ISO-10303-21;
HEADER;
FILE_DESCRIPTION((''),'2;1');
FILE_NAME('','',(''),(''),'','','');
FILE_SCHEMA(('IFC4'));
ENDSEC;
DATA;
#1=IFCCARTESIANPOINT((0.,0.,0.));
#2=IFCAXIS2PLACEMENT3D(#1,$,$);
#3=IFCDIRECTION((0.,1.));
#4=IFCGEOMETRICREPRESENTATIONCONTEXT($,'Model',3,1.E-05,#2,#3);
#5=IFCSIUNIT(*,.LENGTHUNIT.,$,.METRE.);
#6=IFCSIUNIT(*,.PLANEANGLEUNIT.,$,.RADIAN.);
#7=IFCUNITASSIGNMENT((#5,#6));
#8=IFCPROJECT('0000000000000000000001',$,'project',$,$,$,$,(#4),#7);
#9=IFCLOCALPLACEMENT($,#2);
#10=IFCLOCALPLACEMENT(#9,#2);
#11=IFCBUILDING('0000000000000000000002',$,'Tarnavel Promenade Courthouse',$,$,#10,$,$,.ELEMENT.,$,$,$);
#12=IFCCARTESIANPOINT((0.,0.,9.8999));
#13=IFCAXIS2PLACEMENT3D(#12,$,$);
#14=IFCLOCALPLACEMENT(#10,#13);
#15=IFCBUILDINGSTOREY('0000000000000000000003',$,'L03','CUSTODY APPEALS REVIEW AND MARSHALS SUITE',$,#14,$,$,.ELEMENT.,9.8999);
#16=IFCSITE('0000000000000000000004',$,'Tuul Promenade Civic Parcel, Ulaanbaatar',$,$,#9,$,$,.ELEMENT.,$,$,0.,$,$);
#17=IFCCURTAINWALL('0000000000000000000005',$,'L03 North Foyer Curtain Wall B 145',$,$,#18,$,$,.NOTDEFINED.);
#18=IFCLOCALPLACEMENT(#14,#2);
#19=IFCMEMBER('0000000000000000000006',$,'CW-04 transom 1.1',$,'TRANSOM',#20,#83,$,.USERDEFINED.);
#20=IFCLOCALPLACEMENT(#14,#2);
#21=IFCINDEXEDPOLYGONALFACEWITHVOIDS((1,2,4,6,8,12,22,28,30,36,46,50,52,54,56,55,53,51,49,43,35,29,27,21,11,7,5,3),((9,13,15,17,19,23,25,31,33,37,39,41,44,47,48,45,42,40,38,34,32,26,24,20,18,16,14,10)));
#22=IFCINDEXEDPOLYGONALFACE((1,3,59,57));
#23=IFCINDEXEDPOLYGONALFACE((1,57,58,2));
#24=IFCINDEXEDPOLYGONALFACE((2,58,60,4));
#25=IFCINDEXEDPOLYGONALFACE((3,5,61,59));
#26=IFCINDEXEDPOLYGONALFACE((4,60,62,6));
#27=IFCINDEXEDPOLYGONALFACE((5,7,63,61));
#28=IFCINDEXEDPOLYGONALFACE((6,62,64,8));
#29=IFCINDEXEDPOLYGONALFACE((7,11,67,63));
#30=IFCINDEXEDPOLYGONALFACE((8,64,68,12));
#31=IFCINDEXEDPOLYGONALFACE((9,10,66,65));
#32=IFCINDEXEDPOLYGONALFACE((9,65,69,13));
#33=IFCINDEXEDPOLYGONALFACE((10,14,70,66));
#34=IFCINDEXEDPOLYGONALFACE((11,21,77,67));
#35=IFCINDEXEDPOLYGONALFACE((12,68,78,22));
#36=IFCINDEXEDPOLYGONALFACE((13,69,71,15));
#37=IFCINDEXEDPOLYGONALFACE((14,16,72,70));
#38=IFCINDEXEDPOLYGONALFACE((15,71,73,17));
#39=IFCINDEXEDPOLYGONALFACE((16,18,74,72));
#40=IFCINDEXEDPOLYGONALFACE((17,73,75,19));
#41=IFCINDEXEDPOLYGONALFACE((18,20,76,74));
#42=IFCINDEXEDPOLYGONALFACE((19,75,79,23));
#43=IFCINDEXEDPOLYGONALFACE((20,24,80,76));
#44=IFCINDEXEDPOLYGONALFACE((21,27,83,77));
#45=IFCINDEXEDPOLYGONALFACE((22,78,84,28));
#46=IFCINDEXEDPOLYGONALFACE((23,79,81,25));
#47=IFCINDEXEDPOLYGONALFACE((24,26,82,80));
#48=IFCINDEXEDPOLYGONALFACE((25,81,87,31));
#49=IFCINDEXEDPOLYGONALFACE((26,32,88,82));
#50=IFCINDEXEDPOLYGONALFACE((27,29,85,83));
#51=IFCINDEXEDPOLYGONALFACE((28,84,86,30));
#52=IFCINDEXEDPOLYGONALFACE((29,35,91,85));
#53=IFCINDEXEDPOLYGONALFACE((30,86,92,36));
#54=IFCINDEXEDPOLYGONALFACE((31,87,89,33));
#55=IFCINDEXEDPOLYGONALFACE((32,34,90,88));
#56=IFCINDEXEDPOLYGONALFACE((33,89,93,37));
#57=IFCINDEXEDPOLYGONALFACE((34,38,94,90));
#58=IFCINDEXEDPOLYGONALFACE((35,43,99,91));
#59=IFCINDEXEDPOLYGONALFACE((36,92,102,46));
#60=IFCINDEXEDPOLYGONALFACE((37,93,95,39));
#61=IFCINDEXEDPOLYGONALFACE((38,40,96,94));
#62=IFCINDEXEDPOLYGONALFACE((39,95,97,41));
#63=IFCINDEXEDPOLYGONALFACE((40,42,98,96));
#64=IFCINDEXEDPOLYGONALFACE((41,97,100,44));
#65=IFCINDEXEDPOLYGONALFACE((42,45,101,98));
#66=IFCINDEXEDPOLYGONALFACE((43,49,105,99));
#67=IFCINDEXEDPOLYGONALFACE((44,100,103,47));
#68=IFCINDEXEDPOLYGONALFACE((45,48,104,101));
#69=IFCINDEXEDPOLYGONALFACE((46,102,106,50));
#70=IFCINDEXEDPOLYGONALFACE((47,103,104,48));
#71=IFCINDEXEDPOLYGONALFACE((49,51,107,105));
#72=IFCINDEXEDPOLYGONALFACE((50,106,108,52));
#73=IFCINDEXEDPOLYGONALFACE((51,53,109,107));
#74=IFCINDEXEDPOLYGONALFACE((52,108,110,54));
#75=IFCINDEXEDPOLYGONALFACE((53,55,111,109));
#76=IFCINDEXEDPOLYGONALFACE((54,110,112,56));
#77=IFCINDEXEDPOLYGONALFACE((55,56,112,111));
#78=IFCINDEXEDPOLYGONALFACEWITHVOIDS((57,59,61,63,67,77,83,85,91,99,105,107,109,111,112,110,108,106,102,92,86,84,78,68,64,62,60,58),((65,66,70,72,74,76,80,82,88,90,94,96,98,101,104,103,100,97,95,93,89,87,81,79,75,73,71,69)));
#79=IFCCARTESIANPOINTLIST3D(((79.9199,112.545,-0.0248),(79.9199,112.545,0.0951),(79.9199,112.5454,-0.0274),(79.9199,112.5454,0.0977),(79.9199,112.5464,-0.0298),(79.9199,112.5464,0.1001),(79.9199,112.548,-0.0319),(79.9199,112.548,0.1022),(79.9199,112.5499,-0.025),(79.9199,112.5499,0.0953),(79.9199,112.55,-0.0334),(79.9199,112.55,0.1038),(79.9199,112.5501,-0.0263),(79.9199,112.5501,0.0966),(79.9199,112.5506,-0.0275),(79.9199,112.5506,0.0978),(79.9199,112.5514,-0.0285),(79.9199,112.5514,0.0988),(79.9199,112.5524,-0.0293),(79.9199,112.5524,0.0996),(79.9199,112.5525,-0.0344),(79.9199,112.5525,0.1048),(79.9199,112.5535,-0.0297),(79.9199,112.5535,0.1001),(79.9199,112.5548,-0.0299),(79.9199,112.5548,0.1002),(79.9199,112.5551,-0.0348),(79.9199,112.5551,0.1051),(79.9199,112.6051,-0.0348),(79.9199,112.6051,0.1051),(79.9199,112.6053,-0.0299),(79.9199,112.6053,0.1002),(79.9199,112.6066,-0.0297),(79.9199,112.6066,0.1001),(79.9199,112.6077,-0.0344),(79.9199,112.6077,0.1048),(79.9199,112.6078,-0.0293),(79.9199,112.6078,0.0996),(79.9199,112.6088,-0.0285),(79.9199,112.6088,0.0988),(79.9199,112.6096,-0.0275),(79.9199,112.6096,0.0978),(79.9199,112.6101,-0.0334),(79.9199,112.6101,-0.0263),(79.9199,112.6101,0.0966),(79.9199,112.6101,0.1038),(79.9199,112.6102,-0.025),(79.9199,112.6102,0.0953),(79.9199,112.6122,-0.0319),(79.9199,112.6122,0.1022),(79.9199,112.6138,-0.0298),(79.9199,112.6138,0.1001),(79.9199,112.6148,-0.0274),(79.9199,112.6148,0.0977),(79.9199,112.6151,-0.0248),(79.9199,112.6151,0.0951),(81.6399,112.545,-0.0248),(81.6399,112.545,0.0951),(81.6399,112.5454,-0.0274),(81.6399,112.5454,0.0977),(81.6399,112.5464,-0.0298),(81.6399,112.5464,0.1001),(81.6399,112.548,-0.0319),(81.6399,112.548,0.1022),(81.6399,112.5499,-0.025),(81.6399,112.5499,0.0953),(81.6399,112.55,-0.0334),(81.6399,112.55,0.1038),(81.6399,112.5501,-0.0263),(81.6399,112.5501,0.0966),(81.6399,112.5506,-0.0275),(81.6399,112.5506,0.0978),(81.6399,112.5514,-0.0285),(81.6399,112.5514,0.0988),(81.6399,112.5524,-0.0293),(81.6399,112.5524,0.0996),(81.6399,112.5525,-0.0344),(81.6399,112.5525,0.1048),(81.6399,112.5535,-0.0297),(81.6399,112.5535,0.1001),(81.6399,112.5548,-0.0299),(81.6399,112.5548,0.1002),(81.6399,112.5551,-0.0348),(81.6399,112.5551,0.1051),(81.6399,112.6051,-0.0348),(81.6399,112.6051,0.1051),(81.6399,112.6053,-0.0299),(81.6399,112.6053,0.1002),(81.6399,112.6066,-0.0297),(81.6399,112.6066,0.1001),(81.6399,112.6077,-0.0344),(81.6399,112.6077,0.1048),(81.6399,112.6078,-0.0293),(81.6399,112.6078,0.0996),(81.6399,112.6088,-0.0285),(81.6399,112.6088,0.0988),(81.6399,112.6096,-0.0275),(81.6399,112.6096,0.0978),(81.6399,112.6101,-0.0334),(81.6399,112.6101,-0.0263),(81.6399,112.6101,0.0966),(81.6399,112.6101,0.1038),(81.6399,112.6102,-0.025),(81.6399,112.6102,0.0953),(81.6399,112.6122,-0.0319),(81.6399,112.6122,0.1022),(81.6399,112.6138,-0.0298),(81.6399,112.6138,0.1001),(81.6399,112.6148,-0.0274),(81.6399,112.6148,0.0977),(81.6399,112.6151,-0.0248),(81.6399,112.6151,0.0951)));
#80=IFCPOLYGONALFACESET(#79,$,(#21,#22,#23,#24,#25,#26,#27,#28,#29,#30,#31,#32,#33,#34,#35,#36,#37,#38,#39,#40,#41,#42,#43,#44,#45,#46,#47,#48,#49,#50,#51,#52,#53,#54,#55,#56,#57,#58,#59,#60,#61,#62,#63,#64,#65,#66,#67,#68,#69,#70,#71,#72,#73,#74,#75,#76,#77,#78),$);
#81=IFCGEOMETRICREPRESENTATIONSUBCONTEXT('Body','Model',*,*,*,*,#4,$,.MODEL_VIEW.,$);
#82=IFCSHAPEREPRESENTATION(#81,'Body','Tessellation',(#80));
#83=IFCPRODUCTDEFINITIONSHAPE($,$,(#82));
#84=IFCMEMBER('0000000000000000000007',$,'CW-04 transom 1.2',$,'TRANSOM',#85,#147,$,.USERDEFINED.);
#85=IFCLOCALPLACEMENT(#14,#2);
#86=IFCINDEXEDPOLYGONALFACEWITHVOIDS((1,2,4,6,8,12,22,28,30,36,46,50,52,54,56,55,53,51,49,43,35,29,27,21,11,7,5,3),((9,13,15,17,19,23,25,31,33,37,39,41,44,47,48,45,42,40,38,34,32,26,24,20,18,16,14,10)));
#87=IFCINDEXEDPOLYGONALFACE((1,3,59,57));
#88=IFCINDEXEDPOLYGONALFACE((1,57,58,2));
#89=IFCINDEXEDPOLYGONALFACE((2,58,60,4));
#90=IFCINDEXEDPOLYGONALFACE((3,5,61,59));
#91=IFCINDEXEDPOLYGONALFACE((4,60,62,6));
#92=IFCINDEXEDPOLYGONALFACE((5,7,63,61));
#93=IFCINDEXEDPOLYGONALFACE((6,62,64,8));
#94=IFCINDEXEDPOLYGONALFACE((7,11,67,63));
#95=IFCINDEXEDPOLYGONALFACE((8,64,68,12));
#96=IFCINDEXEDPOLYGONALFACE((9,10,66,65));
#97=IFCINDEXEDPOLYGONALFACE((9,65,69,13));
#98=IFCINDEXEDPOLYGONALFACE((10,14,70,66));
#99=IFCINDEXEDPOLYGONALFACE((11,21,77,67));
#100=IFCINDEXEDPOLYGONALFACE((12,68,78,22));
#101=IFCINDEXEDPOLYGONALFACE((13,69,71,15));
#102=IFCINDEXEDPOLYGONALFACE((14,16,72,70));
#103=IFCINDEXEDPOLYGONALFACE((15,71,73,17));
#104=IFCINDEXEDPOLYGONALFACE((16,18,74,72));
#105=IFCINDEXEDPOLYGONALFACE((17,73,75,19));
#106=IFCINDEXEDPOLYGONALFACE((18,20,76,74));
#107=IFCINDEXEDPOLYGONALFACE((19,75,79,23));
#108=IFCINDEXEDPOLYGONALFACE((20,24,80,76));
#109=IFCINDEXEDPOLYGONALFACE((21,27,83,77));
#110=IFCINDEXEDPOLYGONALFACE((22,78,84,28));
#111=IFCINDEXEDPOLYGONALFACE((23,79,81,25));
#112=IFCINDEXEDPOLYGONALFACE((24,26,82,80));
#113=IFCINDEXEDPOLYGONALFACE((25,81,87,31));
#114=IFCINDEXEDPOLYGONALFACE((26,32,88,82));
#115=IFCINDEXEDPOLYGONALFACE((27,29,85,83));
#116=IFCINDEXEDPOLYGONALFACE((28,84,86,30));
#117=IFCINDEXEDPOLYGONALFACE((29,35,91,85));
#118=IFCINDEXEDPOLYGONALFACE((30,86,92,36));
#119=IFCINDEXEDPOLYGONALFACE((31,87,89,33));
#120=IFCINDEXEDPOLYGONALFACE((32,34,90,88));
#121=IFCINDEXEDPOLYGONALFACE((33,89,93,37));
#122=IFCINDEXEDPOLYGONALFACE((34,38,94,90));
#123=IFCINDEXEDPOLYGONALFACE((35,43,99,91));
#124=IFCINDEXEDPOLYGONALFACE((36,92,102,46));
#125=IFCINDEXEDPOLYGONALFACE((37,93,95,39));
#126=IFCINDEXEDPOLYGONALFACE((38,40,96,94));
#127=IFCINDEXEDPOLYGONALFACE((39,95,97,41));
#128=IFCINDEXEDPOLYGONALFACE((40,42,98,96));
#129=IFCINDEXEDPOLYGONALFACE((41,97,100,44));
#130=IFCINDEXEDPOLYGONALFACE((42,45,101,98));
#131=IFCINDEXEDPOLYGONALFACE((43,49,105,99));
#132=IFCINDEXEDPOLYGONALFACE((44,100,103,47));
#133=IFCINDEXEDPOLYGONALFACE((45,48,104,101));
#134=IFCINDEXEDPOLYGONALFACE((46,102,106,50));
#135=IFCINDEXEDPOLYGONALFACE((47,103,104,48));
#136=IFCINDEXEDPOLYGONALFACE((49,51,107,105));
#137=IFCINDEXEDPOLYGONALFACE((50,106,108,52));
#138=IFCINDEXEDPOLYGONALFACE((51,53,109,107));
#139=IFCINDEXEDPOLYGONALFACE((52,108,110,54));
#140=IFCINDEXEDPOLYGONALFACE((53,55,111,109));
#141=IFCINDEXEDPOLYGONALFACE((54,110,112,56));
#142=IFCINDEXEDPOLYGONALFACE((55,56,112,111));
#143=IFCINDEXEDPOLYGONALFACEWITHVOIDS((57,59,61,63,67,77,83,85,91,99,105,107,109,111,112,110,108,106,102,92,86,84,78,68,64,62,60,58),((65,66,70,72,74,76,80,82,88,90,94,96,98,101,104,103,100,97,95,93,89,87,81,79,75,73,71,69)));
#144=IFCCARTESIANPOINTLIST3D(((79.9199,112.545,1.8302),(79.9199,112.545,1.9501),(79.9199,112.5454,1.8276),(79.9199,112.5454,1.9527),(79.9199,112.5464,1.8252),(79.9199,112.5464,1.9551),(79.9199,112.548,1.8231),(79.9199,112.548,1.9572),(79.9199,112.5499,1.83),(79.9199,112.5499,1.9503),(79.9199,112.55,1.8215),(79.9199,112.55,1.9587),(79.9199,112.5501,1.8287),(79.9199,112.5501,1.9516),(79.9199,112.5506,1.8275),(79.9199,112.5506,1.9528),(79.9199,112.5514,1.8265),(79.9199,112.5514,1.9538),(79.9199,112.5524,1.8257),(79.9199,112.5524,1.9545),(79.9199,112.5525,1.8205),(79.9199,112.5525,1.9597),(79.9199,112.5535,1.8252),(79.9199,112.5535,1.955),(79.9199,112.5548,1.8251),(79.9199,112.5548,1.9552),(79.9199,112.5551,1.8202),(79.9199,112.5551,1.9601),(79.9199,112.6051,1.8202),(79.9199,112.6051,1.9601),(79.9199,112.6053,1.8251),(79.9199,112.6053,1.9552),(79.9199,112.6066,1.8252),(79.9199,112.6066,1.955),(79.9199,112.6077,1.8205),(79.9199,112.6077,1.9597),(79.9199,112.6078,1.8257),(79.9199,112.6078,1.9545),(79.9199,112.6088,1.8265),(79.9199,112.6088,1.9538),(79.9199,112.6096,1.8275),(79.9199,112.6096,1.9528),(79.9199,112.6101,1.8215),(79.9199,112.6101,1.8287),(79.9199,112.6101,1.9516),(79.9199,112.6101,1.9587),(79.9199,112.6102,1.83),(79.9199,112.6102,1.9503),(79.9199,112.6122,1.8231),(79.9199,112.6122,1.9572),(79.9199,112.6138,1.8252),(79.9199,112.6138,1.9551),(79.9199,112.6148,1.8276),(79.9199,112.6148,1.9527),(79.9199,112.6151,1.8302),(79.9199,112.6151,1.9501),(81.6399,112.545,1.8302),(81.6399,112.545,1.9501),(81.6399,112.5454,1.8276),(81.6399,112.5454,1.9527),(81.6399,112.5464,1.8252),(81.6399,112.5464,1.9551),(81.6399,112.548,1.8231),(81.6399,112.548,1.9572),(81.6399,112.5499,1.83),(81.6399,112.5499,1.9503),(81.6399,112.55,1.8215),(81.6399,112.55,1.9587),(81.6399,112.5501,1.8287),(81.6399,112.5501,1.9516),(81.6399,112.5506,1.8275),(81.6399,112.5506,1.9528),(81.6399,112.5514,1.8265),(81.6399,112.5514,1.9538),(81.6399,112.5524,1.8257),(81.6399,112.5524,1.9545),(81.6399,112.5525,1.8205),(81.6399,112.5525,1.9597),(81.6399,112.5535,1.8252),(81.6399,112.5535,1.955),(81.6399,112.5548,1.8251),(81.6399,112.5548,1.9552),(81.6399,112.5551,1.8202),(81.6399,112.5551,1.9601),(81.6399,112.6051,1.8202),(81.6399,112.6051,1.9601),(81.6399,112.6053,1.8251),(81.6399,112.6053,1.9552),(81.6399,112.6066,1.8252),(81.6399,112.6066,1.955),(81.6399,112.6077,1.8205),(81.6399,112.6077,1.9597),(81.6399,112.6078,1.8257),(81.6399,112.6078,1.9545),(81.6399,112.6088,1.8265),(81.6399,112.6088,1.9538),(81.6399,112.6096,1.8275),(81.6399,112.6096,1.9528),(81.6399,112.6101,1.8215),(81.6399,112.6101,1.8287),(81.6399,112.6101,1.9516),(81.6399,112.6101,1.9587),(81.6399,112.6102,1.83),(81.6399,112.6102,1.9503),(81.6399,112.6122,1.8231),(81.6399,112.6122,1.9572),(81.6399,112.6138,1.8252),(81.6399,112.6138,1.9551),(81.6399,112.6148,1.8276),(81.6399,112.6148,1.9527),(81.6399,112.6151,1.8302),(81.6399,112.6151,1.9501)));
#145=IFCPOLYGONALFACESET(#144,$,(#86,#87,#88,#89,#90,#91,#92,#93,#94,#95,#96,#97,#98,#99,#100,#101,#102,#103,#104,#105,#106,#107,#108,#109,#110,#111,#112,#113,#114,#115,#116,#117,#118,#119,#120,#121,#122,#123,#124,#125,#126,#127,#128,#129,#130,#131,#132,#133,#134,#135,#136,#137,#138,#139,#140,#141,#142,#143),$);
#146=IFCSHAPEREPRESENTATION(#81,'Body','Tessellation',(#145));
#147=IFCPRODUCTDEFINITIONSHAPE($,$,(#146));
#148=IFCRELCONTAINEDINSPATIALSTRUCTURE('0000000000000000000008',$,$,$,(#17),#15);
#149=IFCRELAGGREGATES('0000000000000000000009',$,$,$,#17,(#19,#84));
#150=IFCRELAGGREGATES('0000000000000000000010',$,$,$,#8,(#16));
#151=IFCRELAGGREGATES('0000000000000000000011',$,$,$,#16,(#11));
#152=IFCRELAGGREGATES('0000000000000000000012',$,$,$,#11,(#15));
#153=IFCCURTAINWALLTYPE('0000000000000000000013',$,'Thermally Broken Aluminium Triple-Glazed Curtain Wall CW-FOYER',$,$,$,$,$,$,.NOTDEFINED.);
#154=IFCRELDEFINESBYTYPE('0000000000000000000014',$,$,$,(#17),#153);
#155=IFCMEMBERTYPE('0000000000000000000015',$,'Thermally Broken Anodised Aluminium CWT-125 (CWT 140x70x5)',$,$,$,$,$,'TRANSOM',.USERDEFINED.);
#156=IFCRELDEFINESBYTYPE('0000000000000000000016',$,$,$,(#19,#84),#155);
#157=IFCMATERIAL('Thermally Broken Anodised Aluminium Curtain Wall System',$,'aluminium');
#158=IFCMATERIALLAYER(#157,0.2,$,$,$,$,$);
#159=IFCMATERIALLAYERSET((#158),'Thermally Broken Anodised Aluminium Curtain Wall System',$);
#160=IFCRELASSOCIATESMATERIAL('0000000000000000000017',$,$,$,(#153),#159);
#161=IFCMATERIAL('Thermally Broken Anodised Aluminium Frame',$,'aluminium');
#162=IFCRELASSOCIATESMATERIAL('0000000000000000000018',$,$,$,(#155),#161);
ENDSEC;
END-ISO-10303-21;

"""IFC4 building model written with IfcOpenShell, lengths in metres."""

from ifc_helpers import new_model, si_unit, direction, frame, origin, origin_2d, place, context, subcontext, project, spatial, hollow_rectangle, extrude, material, layer, layer_set, material_profile, profile_set, type_object, element, aggregate, save


model = new_model("IFC4")

# Units and contexts
model_context = context("Model", 3, precision=1e-05, world=origin(), true_north=direction((0.0, 1.0)))
body_context = subcontext(model_context, "Body", "Model", "MODEL_VIEW")
ifc_project = project(units=[si_unit("LENGTHUNIT", "METRE"), si_unit("PLANEANGLEUNIT", "RADIAN")], contexts=[model_context])

# Site, building, storey
site_placement = place(None, origin())
site = spatial("IfcSite", under=ifc_project, at=site_placement, Name="Tuul Promenade Civic Parcel, Ulaanbaatar", CompositionType="ELEMENT", RefElevation=0.0)
building_placement = place(site_placement, origin())
building = spatial("IfcBuilding", under=site, at=building_placement, Name="Tarnavel Promenade Courthouse", CompositionType="ELEMENT")
storey_placement = place(building_placement, frame((0.0, 0.0, 9.8999)))
storey = spatial("IfcBuildingStorey", under=building, at=storey_placement, Name="L03", Description="CUSTODY APPEALS REVIEW AND MARSHALS SUITE", CompositionType="ELEMENT", Elevation=9.8999)

# Shared definitions
ifc_material_1 = material(Name="Thermally Broken Anodised Aluminium Curtain Wall System", Category="aluminium")
ifc_layer_1 = layer(ifc_material_1, 0.2)
ifc_layer_set_1 = layer_set([ifc_layer_1], Name="Thermally Broken Anodised Aluminium Curtain Wall System")
curtain_wall_type = type_object("IfcCurtainWallType", Name="Thermally Broken Aluminium Triple-Glazed Curtain Wall CW-FOYER", PredefinedType="NOTDEFINED", material=ifc_layer_set_1)
ifc_material_2 = material(Name="Thermally Broken Anodised Aluminium Frame", Category="aluminium")

# Curtain wall
curtain_wall_1_placement = place(storey_placement, origin())
curtain_wall_1 = element("IfcCurtainWall", 1, at=curtain_wall_1_placement, inside=storey, type_object=curtain_wall_type, Name="L03 North Foyer Curtain Wall B 145", PredefinedType="NOTDEFINED")

# Members
ifc_material_profile_1 = material_profile(ifc_material_2, hollow_rectangle(XDim=0.0701, YDim=0.1399, WallThickness=0.0049, InnerFilletRadius=0.0049, OuterFilletRadius=0.01, at=origin_2d()), Name="CWT 140x70x5")
ifc_profile_set_1 = profile_set([ifc_material_profile_1], Name="Thermally Broken Anodised Aluminium Frame")
member_type_1 = type_object("IfcMemberType", Name="Thermally Broken Anodised Aluminium CWT-125 (CWT 140x70x5)", ElementType="TRANSOM", PredefinedType="USERDEFINED", material=ifc_profile_set_1)
member_1_placement = place(storey_placement, frame((79.9199, 112.5801, 0.0352), z_axis=(1.0, 0.0, 0.0), x_axis=(0.0, 1.0, 0.0)))
member_1 = element("IfcMember", 2, at=member_1_placement, type_object=member_type_1, Name="CW-04 transom 1.1", ObjectType="TRANSOM", PredefinedType="USERDEFINED", context=body_context, shape_type="SweptSolid", body=[
    extrude(hollow_rectangle(XDim=0.0701, YDim=0.1399, WallThickness=0.0049, InnerFilletRadius=0.0049, OuterFilletRadius=0.01, at=origin_2d()), origin(), (0.0, 0.0, 1.0), 1.72),
])
member_2_placement = place(storey_placement, frame((79.9199, 112.5801, 1.8901), z_axis=(1.0, 0.0, 0.0), x_axis=(0.0, 1.0, 0.0)))
member_2 = element("IfcMember", 3, at=member_2_placement, type_object=member_type_1, Name="CW-04 transom 1.2", ObjectType="TRANSOM", PredefinedType="USERDEFINED", context=body_context, shape_type="SweptSolid", body=[
    extrude(hollow_rectangle(XDim=0.0701, YDim=0.1399, WallThickness=0.0049, InnerFilletRadius=0.0049, OuterFilletRadius=0.01, at=origin_2d()), origin(), (0.0, 0.0, 1.0), 1.72),
])

aggregate(curtain_wall_1, [member_1, member_2])

save(model, "model.ifc")
